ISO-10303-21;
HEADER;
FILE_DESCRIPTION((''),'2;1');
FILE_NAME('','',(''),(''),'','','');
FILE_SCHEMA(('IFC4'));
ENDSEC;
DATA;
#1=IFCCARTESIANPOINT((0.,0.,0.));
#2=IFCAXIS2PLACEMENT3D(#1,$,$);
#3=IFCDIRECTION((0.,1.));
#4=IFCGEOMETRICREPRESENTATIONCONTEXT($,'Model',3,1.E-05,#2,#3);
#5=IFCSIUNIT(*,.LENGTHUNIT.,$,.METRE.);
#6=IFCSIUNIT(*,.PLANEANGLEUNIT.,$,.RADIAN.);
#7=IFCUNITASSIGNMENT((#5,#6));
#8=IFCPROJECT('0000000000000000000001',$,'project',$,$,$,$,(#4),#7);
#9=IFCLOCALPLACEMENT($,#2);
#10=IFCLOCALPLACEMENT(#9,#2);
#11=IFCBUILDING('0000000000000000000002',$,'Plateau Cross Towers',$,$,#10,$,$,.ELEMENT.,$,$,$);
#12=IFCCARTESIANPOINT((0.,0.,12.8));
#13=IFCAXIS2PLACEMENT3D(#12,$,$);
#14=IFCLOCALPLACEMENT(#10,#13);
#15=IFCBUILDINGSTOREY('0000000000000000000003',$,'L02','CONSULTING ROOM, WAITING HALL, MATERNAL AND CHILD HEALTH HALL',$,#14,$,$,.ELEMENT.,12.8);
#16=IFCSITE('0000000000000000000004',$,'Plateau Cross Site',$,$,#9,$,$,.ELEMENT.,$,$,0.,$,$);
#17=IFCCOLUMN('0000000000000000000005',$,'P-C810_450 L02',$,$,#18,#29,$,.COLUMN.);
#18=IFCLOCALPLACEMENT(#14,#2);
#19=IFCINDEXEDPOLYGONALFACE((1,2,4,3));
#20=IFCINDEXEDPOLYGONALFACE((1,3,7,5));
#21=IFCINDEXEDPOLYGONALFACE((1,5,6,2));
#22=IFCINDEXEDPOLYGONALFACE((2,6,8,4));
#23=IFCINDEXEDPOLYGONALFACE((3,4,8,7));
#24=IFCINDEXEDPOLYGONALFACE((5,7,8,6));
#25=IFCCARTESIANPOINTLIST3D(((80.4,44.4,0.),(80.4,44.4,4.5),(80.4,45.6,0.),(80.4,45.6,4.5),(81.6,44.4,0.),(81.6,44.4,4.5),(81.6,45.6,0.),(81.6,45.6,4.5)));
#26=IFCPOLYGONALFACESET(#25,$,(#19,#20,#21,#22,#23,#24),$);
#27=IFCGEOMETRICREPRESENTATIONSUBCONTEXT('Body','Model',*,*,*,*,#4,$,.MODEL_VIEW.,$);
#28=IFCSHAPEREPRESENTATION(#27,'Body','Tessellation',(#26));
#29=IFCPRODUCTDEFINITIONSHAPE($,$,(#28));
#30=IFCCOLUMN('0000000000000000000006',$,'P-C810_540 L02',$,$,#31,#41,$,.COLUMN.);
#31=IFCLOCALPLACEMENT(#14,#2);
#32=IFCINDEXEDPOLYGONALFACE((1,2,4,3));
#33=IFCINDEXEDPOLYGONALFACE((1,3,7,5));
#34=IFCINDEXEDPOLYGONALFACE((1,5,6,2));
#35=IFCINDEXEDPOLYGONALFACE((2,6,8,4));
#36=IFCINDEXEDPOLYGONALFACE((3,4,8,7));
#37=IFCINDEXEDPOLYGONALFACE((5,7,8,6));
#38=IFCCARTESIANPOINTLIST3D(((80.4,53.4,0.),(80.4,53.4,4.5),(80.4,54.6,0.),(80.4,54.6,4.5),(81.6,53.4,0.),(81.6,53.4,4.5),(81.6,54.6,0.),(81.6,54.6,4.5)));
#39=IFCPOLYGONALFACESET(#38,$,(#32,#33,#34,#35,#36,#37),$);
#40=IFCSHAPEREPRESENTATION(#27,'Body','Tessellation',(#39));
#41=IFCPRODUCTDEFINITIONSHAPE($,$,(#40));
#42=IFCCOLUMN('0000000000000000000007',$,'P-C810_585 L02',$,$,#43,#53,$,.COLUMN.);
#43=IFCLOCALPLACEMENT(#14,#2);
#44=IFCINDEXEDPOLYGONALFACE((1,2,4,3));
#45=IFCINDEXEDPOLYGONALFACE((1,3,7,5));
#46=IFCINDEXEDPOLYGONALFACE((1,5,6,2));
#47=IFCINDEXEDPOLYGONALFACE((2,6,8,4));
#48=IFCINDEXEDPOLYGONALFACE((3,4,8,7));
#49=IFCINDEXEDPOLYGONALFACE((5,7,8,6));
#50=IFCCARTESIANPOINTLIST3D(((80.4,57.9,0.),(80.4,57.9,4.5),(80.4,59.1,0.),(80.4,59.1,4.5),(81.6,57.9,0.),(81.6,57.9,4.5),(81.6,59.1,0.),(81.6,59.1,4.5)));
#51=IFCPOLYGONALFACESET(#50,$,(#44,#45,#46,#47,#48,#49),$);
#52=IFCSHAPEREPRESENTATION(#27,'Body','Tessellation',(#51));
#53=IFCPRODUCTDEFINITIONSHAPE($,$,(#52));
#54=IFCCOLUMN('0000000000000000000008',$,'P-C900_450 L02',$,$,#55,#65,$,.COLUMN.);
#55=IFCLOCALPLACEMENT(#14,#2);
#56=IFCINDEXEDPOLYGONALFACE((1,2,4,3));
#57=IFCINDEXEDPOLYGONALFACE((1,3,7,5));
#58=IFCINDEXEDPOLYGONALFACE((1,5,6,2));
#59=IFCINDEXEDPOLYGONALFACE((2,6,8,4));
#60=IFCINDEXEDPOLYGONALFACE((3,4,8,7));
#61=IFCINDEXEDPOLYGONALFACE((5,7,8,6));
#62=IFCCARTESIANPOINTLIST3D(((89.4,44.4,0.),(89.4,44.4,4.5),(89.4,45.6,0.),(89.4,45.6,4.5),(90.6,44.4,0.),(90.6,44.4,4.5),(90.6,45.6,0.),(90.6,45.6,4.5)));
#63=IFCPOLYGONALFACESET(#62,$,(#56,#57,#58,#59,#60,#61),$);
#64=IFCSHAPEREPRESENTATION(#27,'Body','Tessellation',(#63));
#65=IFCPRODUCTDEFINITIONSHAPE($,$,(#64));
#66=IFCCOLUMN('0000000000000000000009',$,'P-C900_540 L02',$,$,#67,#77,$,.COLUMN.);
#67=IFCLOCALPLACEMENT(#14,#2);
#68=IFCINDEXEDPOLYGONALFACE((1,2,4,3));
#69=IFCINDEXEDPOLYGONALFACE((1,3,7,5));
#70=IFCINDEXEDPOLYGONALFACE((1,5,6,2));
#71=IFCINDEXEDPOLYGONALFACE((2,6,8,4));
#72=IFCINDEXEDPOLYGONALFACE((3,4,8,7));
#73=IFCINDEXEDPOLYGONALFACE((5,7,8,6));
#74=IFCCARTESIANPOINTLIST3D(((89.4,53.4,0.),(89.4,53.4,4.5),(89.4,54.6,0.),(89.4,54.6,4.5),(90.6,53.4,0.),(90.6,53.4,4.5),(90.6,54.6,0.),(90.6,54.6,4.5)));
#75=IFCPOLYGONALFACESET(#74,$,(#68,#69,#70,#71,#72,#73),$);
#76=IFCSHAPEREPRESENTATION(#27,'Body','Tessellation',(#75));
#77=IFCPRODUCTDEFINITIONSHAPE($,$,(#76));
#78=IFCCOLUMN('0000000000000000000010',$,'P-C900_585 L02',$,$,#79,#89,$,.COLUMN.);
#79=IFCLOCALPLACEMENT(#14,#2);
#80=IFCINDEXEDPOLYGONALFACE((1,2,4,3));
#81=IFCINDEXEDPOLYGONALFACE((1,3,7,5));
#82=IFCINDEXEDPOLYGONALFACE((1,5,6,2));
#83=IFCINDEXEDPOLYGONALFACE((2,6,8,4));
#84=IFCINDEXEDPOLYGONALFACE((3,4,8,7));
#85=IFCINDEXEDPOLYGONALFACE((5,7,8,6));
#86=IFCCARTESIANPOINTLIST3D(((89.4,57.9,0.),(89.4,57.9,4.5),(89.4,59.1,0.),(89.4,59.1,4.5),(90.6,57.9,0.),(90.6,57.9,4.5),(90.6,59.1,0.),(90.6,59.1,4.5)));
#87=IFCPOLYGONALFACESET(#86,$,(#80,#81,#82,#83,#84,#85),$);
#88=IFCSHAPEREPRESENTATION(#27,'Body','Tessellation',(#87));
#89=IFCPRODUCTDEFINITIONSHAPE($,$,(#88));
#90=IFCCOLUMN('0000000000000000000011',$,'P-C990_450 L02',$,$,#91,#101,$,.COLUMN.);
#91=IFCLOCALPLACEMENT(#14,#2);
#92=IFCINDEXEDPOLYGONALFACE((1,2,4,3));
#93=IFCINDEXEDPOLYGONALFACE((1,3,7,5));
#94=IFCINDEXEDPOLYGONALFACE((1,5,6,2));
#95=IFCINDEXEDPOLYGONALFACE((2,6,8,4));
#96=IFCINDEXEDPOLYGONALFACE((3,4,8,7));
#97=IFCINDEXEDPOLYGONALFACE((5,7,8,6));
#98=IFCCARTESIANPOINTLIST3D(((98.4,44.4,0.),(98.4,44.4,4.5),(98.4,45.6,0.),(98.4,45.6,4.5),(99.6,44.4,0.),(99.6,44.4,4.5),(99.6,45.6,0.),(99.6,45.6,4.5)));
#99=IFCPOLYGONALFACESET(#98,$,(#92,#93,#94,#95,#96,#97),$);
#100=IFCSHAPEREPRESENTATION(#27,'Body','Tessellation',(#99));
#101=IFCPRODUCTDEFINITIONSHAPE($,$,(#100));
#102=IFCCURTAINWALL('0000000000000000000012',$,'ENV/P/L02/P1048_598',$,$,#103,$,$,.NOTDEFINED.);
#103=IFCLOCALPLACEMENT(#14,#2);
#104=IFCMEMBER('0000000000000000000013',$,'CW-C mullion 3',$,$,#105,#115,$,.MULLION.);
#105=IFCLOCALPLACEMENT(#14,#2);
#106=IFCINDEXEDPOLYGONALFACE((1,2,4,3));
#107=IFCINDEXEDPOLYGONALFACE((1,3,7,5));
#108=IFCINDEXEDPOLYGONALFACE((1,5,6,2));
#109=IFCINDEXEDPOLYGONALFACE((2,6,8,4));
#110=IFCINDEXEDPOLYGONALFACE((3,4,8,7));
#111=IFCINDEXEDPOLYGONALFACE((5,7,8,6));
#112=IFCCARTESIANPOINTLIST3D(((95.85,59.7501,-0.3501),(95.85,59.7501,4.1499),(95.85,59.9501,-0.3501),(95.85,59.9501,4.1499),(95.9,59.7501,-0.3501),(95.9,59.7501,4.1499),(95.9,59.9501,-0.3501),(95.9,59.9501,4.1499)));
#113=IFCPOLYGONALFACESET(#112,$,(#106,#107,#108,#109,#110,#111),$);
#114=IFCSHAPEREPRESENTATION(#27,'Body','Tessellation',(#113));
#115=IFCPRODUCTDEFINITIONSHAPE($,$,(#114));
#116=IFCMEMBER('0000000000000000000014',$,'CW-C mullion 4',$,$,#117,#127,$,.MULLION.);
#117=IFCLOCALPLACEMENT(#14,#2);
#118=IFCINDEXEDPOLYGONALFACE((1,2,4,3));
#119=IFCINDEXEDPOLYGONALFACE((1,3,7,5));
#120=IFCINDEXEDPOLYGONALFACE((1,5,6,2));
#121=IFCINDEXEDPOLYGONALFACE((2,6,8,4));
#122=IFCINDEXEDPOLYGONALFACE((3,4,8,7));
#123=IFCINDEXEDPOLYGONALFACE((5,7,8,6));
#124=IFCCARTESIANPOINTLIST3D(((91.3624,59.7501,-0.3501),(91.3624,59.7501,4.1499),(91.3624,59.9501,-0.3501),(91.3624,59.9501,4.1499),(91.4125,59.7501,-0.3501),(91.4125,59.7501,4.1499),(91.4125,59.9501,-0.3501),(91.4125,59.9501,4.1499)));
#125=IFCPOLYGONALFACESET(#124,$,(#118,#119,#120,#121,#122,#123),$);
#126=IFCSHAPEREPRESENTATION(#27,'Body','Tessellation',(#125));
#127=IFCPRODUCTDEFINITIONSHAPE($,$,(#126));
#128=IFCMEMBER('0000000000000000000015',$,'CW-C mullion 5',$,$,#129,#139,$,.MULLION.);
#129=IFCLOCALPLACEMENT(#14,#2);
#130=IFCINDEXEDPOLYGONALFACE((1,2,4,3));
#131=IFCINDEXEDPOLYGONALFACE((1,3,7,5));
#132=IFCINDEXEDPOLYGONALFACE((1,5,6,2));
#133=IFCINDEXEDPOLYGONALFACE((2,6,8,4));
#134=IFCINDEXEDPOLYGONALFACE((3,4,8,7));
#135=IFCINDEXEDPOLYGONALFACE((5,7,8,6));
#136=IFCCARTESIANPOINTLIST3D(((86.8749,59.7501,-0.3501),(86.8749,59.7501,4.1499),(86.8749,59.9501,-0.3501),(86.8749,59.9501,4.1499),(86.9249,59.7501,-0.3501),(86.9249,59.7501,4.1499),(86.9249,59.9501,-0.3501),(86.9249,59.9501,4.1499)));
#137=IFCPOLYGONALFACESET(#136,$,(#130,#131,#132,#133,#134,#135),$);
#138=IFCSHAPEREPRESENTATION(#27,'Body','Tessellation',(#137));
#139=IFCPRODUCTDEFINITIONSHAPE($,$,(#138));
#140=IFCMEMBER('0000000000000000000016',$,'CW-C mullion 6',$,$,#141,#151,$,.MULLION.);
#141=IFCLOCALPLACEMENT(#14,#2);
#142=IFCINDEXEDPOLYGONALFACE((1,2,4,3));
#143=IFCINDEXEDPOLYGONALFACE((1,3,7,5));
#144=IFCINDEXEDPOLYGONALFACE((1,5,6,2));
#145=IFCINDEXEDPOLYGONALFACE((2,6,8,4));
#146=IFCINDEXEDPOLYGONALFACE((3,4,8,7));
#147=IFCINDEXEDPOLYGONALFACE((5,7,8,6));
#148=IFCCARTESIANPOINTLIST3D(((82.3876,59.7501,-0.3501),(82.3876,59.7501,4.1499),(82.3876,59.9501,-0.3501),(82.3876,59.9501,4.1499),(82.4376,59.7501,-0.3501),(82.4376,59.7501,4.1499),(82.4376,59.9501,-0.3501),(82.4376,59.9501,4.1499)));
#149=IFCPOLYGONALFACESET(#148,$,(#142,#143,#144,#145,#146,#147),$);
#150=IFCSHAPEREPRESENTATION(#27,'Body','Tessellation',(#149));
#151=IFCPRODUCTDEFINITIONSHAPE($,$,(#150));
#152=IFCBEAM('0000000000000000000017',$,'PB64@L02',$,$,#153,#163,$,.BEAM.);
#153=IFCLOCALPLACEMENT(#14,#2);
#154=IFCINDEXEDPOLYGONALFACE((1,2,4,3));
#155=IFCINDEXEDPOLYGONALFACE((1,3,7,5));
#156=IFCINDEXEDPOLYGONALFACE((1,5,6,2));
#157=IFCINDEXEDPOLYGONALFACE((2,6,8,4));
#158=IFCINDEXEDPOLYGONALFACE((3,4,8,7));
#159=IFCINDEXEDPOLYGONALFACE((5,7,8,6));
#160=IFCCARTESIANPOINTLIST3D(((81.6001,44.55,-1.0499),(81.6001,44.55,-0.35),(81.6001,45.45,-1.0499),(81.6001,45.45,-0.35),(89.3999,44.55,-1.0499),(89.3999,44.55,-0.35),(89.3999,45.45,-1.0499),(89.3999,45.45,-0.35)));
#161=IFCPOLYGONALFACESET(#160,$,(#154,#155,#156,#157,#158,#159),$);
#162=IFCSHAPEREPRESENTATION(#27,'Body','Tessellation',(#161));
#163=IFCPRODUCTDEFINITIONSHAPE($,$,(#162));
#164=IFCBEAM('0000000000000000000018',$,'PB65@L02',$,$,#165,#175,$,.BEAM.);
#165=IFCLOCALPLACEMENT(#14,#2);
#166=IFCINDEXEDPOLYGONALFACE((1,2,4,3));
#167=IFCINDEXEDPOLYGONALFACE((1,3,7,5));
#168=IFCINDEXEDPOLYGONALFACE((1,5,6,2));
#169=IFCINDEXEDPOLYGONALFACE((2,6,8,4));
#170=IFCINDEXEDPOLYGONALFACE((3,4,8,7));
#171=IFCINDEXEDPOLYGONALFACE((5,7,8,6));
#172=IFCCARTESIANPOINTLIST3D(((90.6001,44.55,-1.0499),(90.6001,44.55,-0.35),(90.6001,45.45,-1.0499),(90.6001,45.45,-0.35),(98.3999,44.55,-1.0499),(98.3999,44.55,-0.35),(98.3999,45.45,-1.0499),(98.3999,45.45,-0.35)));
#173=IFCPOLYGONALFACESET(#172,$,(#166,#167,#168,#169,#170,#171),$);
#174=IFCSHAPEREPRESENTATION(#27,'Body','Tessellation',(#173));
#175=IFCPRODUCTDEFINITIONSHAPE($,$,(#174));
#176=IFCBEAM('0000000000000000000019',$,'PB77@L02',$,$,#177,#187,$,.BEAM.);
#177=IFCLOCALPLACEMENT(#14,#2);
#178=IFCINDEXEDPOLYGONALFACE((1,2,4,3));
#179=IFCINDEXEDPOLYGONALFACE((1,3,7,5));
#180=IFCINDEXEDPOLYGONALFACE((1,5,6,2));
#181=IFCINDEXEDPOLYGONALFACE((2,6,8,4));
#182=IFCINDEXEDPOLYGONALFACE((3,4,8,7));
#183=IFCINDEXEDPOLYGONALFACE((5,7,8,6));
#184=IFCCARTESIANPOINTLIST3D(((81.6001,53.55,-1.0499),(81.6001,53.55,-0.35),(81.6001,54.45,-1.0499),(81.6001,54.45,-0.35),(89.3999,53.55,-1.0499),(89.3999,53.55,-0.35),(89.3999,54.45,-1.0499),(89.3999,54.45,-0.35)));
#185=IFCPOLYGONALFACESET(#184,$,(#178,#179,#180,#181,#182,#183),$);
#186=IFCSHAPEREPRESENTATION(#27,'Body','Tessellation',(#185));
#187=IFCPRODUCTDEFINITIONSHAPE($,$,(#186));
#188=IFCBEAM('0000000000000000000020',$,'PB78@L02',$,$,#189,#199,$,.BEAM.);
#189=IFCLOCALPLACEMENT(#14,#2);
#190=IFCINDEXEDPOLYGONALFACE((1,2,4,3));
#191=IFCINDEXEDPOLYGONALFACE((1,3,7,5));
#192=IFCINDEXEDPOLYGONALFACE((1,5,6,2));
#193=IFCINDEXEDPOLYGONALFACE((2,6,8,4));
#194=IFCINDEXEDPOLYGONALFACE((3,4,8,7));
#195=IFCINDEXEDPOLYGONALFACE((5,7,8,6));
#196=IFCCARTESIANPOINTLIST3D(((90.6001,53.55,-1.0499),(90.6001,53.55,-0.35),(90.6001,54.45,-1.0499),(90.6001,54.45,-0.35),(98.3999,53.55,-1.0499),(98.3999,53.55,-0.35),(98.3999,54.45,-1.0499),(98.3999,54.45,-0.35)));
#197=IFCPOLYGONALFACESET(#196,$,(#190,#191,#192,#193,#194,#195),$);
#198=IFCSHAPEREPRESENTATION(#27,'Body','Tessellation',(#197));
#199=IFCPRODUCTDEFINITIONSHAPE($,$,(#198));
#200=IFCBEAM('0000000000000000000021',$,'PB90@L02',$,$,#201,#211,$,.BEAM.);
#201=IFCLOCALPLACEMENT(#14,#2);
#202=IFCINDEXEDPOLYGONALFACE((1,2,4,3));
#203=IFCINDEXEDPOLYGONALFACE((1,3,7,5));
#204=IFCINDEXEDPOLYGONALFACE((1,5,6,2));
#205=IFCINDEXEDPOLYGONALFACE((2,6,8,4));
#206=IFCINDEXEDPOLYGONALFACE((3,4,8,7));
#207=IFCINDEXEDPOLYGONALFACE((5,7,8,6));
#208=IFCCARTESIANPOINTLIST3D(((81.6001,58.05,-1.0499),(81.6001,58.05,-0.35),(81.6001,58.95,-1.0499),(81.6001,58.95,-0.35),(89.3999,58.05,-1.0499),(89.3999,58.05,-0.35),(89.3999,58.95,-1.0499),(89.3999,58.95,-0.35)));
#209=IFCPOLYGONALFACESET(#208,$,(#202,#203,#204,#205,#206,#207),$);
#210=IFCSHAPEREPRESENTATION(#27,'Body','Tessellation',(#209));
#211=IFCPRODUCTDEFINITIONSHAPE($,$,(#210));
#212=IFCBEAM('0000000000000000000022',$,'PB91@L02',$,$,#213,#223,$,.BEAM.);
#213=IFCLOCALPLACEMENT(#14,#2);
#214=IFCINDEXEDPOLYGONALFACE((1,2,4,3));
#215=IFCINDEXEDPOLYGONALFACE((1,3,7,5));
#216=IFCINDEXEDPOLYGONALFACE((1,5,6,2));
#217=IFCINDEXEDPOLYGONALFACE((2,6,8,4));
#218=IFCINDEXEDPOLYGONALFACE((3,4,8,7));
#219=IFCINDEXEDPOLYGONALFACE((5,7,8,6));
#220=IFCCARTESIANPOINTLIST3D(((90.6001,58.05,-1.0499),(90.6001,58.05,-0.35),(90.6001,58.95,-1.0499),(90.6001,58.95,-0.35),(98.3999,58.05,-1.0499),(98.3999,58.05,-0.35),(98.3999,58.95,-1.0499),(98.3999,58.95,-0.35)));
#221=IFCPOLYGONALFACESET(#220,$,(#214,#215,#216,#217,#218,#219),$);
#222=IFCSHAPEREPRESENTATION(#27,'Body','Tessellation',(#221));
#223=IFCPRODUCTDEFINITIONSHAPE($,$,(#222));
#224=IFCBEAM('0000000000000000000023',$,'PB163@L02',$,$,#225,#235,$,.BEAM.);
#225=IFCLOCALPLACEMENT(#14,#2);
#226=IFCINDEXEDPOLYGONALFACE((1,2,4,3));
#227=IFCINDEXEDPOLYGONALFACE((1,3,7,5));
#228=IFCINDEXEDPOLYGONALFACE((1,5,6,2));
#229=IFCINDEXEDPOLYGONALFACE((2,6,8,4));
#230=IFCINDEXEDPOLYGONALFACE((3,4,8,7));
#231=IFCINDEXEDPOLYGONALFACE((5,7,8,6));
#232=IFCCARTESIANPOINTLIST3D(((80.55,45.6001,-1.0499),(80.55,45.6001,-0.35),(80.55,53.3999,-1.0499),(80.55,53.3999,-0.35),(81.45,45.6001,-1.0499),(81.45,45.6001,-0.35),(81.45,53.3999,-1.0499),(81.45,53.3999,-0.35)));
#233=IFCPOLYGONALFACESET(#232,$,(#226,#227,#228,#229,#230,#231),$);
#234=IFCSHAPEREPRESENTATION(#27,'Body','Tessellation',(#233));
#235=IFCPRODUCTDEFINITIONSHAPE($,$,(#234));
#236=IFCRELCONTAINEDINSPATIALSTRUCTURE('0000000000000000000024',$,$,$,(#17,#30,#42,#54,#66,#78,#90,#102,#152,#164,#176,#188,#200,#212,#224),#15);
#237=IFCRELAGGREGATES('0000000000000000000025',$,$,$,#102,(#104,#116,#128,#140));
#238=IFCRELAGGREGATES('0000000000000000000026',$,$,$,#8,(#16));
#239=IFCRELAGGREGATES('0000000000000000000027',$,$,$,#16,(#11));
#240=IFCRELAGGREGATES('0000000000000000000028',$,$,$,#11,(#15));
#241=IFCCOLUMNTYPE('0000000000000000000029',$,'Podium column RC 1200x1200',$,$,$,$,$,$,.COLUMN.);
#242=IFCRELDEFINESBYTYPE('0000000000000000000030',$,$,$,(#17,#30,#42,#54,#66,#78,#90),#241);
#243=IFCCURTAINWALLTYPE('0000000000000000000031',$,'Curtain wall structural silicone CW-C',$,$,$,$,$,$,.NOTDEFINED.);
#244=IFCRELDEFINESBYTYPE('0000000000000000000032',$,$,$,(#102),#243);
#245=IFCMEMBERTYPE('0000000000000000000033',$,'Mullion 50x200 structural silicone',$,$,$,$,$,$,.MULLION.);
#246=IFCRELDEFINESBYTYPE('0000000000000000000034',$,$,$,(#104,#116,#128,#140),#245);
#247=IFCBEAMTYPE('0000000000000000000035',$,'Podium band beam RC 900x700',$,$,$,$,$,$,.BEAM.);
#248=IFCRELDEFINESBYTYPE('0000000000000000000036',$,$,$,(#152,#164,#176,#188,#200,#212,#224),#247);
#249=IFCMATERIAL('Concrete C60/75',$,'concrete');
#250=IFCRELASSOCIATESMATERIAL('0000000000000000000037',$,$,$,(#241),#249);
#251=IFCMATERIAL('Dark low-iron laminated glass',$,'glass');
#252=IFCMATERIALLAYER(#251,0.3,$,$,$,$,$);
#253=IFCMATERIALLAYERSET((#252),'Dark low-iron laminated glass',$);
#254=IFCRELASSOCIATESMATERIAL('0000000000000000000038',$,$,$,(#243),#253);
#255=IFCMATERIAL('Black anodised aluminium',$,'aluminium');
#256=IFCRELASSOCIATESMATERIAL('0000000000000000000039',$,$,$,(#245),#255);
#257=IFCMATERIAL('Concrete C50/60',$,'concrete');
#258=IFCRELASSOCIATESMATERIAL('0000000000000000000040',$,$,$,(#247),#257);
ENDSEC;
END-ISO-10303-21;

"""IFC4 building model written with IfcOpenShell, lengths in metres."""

from ifc_helpers import new_model, si_unit, direction, frame, origin, origin_2d, place, context, subcontext, project, spatial, rectangle, extrude, material, layer, layer_set, material_profile, profile_set, type_object, element, aggregate, save


model = new_model("IFC4")

# Units and contexts
model_context = context("Model", 3, precision=1e-05, world=origin(), true_north=direction((0.0, 1.0)))
body_context = subcontext(model_context, "Body", "Model", "MODEL_VIEW")
ifc_project = project(units=[si_unit("LENGTHUNIT", "METRE"), si_unit("PLANEANGLEUNIT", "RADIAN")], contexts=[model_context])

# Site, building, storey
site_placement = place(None, origin())
site = spatial("IfcSite", under=ifc_project, at=site_placement, Name="Plateau Cross Site", CompositionType="ELEMENT", RefElevation=0.0)
building_placement = place(site_placement, origin())
building = spatial("IfcBuilding", under=site, at=building_placement, Name="Plateau Cross Towers", CompositionType="ELEMENT")
storey_placement = place(building_placement, frame((0.0, 0.0, 12.8)))
storey = spatial("IfcBuildingStorey", under=building, at=storey_placement, Name="L02", Description="CONSULTING ROOM, WAITING HALL, MATERNAL AND CHILD HEALTH HALL", CompositionType="ELEMENT", Elevation=12.8)

# Columns
ifc_material_1 = material(Name="Concrete C60/75", Category="concrete")
ifc_material_profile_1 = material_profile(ifc_material_1, rectangle(XDim=1.2, YDim=1.2, at=origin_2d()), Name="RC 1200x1200")
ifc_profile_set_1 = profile_set([ifc_material_profile_1], Name="Concrete C60/75")
column_type = type_object("IfcColumnType", Name="Podium column RC 1200x1200", PredefinedType="COLUMN", material=ifc_profile_set_1)
for number, where, z_axis, x_axis, name in (
    (1, (81.0, 45.0, 0.0), (0.0, 0.0, 1.0), (1.0, 0.0, 0.0), "P-C810_450 L02"),
    (2, (81.0, 54.0, 0.0), (0.0, 0.0, 1.0), (1.0, 0.0, 0.0), "P-C810_540 L02"),
    (3, (81.0, 58.5, 0.0), (0.0, 0.0, 1.0), (1.0, 0.0, 0.0), "P-C810_585 L02"),
    (4, (90.0, 45.0, 0.0), (0.0, 0.0, 1.0), (1.0, 0.0, 0.0), "P-C900_450 L02"),
    (5, (90.0, 54.0, 0.0), (0.0, 0.0, 1.0), (1.0, 0.0, 0.0), "P-C900_540 L02"),
    (6, (90.0, 58.5, 0.0), (0.0, 0.0, 1.0), (1.0, 0.0, 0.0), "P-C900_585 L02"),
    (7, (99.0, 45.0, 0.0), (0.0, 0.0, 1.0), (1.0, 0.0, 0.0), "P-C990_450 L02"),
):
    element("IfcColumn", number, at=place(storey_placement, frame(where, z_axis=z_axis, x_axis=x_axis)), inside=storey, type_object=column_type, Name=name, PredefinedType="COLUMN", context=body_context, shape_type="SweptSolid", body=[
        extrude(rectangle(XDim=1.2, YDim=1.2, at=origin_2d()), origin(), (0.0, 0.0, 1.0), 4.5),
    ])

# Curtain wall, members
ifc_material_2 = material(Name="Dark low-iron laminated glass", Category="glass")
ifc_layer_1 = layer(ifc_material_2, 0.3)
ifc_layer_set_1 = layer_set([ifc_layer_1], Name="Dark low-iron laminated glass")
curtain_wall_type = type_object("IfcCurtainWallType", Name="Curtain wall structural silicone CW-C", PredefinedType="NOTDEFINED", material=ifc_layer_set_1)
curtain_wall_placement = place(storey_placement, origin())
curtain_wall = element("IfcCurtainWall", 8, at=curtain_wall_placement, inside=storey, type_object=curtain_wall_type, Name="ENV/P/L02/P1048_598", PredefinedType="NOTDEFINED")
ifc_material_3 = material(Name="Black anodised aluminium", Category="aluminium")
ifc_material_profile_2 = material_profile(ifc_material_3, rectangle(XDim=0.05, YDim=0.2, at=origin_2d()), Name="MULLION 50x200")
ifc_profile_set_2 = profile_set([ifc_material_profile_2], Name="Black anodised aluminium")
member_type = type_object("IfcMemberType", Name="Mullion 50x200 structural silicone", PredefinedType="MULLION", material=ifc_profile_set_2)
member_1_placement = place(storey_placement, frame((95.875, 59.8501, -0.3501), z_axis=(0.0, 0.0, 1.0), x_axis=(-1.0, 0.0, 0.0)))
member_1 = element("IfcMember", 9, at=member_1_placement, type_object=member_type, Name="CW-C mullion 3", PredefinedType="MULLION", context=body_context, shape_type="SweptSolid", body=[
    extrude(rectangle(XDim=0.05, YDim=0.2, at=origin_2d()), origin(), (0.0, 0.0, 1.0), 4.5),
])
member_2_placement = place(storey_placement, frame((91.3875, 59.8501, -0.3501), z_axis=(0.0, 0.0, 1.0), x_axis=(-1.0, 0.0, 0.0)))
member_2 = element("IfcMember", 10, at=member_2_placement, type_object=member_type, Name="CW-C mullion 4", PredefinedType="MULLION", context=body_context, shape_type="SweptSolid", body=[
    extrude(rectangle(XDim=0.05, YDim=0.2, at=origin_2d()), origin(), (0.0, 0.0, 1.0), 4.5),
])
member_3_placement = place(storey_placement, frame((86.8999, 59.8501, -0.3501), z_axis=(0.0, 0.0, 1.0), x_axis=(-1.0, 0.0, 0.0)))
member_3 = element("IfcMember", 11, at=member_3_placement, type_object=member_type, Name="CW-C mullion 5", PredefinedType="MULLION", context=body_context, shape_type="SweptSolid", body=[
    extrude(rectangle(XDim=0.05, YDim=0.2, at=origin_2d()), origin(), (0.0, 0.0, 1.0), 4.5),
])
member_4_placement = place(storey_placement, frame((82.4126, 59.8501, -0.3501), z_axis=(0.0, 0.0, 1.0), x_axis=(-1.0, 0.0, 0.0)))
member_4 = element("IfcMember", 12, at=member_4_placement, type_object=member_type, Name="CW-C mullion 6", PredefinedType="MULLION", context=body_context, shape_type="SweptSolid", body=[
    extrude(rectangle(XDim=0.05, YDim=0.2, at=origin_2d()), origin(), (0.0, 0.0, 1.0), 4.5),
])

# Beams
ifc_material_4 = material(Name="Concrete C50/60", Category="concrete")
ifc_material_profile_3 = material_profile(ifc_material_4, rectangle(XDim=0.8999, YDim=0.7, at=origin_2d()), Name="RC 900x700")
ifc_profile_set_3 = profile_set([ifc_material_profile_3], Name="Concrete C50/60")
beam_type = type_object("IfcBeamType", Name="Podium band beam RC 900x700", PredefinedType="BEAM", material=ifc_profile_set_3)
for number, where, z_axis, x_axis, name in (
    (13, (81.6001, 45.0, -0.7), (1.0, 0.0, 0.0), (0.0, 1.0, 0.0), "PB64@L02"),
    (14, (90.6001, 45.0, -0.7), (1.0, 0.0, 0.0), (0.0, 1.0, 0.0), "PB65@L02"),
    (15, (81.6001, 54.0, -0.7), (1.0, 0.0, 0.0), (0.0, 1.0, 0.0), "PB77@L02"),
    (16, (90.6001, 54.0, -0.7), (1.0, 0.0, 0.0), (0.0, 1.0, 0.0), "PB78@L02"),
    (17, (81.6001, 58.5, -0.7), (1.0, 0.0, 0.0), (0.0, 1.0, 0.0), "PB90@L02"),
    (18, (90.6001, 58.5, -0.7), (1.0, 0.0, 0.0), (0.0, 1.0, 0.0), "PB91@L02"),
    (19, (81.0, 45.6001, -0.7), (0.0, 1.0, 0.0), (-1.0, 0.0, 0.0), "PB163@L02"),
):
    element("IfcBeam", number, at=place(storey_placement, frame(where, z_axis=z_axis, x_axis=x_axis)), inside=storey, type_object=beam_type, Name=name, PredefinedType="BEAM", context=body_context, shape_type="SweptSolid", body=[
        extrude(rectangle(XDim=0.8999, YDim=0.7, at=origin_2d()), origin(), (0.0, 0.0, 1.0), 7.7998),
    ])

aggregate(curtain_wall, [member_1, member_2, member_3, member_4])

save(model, "model.ifc")
